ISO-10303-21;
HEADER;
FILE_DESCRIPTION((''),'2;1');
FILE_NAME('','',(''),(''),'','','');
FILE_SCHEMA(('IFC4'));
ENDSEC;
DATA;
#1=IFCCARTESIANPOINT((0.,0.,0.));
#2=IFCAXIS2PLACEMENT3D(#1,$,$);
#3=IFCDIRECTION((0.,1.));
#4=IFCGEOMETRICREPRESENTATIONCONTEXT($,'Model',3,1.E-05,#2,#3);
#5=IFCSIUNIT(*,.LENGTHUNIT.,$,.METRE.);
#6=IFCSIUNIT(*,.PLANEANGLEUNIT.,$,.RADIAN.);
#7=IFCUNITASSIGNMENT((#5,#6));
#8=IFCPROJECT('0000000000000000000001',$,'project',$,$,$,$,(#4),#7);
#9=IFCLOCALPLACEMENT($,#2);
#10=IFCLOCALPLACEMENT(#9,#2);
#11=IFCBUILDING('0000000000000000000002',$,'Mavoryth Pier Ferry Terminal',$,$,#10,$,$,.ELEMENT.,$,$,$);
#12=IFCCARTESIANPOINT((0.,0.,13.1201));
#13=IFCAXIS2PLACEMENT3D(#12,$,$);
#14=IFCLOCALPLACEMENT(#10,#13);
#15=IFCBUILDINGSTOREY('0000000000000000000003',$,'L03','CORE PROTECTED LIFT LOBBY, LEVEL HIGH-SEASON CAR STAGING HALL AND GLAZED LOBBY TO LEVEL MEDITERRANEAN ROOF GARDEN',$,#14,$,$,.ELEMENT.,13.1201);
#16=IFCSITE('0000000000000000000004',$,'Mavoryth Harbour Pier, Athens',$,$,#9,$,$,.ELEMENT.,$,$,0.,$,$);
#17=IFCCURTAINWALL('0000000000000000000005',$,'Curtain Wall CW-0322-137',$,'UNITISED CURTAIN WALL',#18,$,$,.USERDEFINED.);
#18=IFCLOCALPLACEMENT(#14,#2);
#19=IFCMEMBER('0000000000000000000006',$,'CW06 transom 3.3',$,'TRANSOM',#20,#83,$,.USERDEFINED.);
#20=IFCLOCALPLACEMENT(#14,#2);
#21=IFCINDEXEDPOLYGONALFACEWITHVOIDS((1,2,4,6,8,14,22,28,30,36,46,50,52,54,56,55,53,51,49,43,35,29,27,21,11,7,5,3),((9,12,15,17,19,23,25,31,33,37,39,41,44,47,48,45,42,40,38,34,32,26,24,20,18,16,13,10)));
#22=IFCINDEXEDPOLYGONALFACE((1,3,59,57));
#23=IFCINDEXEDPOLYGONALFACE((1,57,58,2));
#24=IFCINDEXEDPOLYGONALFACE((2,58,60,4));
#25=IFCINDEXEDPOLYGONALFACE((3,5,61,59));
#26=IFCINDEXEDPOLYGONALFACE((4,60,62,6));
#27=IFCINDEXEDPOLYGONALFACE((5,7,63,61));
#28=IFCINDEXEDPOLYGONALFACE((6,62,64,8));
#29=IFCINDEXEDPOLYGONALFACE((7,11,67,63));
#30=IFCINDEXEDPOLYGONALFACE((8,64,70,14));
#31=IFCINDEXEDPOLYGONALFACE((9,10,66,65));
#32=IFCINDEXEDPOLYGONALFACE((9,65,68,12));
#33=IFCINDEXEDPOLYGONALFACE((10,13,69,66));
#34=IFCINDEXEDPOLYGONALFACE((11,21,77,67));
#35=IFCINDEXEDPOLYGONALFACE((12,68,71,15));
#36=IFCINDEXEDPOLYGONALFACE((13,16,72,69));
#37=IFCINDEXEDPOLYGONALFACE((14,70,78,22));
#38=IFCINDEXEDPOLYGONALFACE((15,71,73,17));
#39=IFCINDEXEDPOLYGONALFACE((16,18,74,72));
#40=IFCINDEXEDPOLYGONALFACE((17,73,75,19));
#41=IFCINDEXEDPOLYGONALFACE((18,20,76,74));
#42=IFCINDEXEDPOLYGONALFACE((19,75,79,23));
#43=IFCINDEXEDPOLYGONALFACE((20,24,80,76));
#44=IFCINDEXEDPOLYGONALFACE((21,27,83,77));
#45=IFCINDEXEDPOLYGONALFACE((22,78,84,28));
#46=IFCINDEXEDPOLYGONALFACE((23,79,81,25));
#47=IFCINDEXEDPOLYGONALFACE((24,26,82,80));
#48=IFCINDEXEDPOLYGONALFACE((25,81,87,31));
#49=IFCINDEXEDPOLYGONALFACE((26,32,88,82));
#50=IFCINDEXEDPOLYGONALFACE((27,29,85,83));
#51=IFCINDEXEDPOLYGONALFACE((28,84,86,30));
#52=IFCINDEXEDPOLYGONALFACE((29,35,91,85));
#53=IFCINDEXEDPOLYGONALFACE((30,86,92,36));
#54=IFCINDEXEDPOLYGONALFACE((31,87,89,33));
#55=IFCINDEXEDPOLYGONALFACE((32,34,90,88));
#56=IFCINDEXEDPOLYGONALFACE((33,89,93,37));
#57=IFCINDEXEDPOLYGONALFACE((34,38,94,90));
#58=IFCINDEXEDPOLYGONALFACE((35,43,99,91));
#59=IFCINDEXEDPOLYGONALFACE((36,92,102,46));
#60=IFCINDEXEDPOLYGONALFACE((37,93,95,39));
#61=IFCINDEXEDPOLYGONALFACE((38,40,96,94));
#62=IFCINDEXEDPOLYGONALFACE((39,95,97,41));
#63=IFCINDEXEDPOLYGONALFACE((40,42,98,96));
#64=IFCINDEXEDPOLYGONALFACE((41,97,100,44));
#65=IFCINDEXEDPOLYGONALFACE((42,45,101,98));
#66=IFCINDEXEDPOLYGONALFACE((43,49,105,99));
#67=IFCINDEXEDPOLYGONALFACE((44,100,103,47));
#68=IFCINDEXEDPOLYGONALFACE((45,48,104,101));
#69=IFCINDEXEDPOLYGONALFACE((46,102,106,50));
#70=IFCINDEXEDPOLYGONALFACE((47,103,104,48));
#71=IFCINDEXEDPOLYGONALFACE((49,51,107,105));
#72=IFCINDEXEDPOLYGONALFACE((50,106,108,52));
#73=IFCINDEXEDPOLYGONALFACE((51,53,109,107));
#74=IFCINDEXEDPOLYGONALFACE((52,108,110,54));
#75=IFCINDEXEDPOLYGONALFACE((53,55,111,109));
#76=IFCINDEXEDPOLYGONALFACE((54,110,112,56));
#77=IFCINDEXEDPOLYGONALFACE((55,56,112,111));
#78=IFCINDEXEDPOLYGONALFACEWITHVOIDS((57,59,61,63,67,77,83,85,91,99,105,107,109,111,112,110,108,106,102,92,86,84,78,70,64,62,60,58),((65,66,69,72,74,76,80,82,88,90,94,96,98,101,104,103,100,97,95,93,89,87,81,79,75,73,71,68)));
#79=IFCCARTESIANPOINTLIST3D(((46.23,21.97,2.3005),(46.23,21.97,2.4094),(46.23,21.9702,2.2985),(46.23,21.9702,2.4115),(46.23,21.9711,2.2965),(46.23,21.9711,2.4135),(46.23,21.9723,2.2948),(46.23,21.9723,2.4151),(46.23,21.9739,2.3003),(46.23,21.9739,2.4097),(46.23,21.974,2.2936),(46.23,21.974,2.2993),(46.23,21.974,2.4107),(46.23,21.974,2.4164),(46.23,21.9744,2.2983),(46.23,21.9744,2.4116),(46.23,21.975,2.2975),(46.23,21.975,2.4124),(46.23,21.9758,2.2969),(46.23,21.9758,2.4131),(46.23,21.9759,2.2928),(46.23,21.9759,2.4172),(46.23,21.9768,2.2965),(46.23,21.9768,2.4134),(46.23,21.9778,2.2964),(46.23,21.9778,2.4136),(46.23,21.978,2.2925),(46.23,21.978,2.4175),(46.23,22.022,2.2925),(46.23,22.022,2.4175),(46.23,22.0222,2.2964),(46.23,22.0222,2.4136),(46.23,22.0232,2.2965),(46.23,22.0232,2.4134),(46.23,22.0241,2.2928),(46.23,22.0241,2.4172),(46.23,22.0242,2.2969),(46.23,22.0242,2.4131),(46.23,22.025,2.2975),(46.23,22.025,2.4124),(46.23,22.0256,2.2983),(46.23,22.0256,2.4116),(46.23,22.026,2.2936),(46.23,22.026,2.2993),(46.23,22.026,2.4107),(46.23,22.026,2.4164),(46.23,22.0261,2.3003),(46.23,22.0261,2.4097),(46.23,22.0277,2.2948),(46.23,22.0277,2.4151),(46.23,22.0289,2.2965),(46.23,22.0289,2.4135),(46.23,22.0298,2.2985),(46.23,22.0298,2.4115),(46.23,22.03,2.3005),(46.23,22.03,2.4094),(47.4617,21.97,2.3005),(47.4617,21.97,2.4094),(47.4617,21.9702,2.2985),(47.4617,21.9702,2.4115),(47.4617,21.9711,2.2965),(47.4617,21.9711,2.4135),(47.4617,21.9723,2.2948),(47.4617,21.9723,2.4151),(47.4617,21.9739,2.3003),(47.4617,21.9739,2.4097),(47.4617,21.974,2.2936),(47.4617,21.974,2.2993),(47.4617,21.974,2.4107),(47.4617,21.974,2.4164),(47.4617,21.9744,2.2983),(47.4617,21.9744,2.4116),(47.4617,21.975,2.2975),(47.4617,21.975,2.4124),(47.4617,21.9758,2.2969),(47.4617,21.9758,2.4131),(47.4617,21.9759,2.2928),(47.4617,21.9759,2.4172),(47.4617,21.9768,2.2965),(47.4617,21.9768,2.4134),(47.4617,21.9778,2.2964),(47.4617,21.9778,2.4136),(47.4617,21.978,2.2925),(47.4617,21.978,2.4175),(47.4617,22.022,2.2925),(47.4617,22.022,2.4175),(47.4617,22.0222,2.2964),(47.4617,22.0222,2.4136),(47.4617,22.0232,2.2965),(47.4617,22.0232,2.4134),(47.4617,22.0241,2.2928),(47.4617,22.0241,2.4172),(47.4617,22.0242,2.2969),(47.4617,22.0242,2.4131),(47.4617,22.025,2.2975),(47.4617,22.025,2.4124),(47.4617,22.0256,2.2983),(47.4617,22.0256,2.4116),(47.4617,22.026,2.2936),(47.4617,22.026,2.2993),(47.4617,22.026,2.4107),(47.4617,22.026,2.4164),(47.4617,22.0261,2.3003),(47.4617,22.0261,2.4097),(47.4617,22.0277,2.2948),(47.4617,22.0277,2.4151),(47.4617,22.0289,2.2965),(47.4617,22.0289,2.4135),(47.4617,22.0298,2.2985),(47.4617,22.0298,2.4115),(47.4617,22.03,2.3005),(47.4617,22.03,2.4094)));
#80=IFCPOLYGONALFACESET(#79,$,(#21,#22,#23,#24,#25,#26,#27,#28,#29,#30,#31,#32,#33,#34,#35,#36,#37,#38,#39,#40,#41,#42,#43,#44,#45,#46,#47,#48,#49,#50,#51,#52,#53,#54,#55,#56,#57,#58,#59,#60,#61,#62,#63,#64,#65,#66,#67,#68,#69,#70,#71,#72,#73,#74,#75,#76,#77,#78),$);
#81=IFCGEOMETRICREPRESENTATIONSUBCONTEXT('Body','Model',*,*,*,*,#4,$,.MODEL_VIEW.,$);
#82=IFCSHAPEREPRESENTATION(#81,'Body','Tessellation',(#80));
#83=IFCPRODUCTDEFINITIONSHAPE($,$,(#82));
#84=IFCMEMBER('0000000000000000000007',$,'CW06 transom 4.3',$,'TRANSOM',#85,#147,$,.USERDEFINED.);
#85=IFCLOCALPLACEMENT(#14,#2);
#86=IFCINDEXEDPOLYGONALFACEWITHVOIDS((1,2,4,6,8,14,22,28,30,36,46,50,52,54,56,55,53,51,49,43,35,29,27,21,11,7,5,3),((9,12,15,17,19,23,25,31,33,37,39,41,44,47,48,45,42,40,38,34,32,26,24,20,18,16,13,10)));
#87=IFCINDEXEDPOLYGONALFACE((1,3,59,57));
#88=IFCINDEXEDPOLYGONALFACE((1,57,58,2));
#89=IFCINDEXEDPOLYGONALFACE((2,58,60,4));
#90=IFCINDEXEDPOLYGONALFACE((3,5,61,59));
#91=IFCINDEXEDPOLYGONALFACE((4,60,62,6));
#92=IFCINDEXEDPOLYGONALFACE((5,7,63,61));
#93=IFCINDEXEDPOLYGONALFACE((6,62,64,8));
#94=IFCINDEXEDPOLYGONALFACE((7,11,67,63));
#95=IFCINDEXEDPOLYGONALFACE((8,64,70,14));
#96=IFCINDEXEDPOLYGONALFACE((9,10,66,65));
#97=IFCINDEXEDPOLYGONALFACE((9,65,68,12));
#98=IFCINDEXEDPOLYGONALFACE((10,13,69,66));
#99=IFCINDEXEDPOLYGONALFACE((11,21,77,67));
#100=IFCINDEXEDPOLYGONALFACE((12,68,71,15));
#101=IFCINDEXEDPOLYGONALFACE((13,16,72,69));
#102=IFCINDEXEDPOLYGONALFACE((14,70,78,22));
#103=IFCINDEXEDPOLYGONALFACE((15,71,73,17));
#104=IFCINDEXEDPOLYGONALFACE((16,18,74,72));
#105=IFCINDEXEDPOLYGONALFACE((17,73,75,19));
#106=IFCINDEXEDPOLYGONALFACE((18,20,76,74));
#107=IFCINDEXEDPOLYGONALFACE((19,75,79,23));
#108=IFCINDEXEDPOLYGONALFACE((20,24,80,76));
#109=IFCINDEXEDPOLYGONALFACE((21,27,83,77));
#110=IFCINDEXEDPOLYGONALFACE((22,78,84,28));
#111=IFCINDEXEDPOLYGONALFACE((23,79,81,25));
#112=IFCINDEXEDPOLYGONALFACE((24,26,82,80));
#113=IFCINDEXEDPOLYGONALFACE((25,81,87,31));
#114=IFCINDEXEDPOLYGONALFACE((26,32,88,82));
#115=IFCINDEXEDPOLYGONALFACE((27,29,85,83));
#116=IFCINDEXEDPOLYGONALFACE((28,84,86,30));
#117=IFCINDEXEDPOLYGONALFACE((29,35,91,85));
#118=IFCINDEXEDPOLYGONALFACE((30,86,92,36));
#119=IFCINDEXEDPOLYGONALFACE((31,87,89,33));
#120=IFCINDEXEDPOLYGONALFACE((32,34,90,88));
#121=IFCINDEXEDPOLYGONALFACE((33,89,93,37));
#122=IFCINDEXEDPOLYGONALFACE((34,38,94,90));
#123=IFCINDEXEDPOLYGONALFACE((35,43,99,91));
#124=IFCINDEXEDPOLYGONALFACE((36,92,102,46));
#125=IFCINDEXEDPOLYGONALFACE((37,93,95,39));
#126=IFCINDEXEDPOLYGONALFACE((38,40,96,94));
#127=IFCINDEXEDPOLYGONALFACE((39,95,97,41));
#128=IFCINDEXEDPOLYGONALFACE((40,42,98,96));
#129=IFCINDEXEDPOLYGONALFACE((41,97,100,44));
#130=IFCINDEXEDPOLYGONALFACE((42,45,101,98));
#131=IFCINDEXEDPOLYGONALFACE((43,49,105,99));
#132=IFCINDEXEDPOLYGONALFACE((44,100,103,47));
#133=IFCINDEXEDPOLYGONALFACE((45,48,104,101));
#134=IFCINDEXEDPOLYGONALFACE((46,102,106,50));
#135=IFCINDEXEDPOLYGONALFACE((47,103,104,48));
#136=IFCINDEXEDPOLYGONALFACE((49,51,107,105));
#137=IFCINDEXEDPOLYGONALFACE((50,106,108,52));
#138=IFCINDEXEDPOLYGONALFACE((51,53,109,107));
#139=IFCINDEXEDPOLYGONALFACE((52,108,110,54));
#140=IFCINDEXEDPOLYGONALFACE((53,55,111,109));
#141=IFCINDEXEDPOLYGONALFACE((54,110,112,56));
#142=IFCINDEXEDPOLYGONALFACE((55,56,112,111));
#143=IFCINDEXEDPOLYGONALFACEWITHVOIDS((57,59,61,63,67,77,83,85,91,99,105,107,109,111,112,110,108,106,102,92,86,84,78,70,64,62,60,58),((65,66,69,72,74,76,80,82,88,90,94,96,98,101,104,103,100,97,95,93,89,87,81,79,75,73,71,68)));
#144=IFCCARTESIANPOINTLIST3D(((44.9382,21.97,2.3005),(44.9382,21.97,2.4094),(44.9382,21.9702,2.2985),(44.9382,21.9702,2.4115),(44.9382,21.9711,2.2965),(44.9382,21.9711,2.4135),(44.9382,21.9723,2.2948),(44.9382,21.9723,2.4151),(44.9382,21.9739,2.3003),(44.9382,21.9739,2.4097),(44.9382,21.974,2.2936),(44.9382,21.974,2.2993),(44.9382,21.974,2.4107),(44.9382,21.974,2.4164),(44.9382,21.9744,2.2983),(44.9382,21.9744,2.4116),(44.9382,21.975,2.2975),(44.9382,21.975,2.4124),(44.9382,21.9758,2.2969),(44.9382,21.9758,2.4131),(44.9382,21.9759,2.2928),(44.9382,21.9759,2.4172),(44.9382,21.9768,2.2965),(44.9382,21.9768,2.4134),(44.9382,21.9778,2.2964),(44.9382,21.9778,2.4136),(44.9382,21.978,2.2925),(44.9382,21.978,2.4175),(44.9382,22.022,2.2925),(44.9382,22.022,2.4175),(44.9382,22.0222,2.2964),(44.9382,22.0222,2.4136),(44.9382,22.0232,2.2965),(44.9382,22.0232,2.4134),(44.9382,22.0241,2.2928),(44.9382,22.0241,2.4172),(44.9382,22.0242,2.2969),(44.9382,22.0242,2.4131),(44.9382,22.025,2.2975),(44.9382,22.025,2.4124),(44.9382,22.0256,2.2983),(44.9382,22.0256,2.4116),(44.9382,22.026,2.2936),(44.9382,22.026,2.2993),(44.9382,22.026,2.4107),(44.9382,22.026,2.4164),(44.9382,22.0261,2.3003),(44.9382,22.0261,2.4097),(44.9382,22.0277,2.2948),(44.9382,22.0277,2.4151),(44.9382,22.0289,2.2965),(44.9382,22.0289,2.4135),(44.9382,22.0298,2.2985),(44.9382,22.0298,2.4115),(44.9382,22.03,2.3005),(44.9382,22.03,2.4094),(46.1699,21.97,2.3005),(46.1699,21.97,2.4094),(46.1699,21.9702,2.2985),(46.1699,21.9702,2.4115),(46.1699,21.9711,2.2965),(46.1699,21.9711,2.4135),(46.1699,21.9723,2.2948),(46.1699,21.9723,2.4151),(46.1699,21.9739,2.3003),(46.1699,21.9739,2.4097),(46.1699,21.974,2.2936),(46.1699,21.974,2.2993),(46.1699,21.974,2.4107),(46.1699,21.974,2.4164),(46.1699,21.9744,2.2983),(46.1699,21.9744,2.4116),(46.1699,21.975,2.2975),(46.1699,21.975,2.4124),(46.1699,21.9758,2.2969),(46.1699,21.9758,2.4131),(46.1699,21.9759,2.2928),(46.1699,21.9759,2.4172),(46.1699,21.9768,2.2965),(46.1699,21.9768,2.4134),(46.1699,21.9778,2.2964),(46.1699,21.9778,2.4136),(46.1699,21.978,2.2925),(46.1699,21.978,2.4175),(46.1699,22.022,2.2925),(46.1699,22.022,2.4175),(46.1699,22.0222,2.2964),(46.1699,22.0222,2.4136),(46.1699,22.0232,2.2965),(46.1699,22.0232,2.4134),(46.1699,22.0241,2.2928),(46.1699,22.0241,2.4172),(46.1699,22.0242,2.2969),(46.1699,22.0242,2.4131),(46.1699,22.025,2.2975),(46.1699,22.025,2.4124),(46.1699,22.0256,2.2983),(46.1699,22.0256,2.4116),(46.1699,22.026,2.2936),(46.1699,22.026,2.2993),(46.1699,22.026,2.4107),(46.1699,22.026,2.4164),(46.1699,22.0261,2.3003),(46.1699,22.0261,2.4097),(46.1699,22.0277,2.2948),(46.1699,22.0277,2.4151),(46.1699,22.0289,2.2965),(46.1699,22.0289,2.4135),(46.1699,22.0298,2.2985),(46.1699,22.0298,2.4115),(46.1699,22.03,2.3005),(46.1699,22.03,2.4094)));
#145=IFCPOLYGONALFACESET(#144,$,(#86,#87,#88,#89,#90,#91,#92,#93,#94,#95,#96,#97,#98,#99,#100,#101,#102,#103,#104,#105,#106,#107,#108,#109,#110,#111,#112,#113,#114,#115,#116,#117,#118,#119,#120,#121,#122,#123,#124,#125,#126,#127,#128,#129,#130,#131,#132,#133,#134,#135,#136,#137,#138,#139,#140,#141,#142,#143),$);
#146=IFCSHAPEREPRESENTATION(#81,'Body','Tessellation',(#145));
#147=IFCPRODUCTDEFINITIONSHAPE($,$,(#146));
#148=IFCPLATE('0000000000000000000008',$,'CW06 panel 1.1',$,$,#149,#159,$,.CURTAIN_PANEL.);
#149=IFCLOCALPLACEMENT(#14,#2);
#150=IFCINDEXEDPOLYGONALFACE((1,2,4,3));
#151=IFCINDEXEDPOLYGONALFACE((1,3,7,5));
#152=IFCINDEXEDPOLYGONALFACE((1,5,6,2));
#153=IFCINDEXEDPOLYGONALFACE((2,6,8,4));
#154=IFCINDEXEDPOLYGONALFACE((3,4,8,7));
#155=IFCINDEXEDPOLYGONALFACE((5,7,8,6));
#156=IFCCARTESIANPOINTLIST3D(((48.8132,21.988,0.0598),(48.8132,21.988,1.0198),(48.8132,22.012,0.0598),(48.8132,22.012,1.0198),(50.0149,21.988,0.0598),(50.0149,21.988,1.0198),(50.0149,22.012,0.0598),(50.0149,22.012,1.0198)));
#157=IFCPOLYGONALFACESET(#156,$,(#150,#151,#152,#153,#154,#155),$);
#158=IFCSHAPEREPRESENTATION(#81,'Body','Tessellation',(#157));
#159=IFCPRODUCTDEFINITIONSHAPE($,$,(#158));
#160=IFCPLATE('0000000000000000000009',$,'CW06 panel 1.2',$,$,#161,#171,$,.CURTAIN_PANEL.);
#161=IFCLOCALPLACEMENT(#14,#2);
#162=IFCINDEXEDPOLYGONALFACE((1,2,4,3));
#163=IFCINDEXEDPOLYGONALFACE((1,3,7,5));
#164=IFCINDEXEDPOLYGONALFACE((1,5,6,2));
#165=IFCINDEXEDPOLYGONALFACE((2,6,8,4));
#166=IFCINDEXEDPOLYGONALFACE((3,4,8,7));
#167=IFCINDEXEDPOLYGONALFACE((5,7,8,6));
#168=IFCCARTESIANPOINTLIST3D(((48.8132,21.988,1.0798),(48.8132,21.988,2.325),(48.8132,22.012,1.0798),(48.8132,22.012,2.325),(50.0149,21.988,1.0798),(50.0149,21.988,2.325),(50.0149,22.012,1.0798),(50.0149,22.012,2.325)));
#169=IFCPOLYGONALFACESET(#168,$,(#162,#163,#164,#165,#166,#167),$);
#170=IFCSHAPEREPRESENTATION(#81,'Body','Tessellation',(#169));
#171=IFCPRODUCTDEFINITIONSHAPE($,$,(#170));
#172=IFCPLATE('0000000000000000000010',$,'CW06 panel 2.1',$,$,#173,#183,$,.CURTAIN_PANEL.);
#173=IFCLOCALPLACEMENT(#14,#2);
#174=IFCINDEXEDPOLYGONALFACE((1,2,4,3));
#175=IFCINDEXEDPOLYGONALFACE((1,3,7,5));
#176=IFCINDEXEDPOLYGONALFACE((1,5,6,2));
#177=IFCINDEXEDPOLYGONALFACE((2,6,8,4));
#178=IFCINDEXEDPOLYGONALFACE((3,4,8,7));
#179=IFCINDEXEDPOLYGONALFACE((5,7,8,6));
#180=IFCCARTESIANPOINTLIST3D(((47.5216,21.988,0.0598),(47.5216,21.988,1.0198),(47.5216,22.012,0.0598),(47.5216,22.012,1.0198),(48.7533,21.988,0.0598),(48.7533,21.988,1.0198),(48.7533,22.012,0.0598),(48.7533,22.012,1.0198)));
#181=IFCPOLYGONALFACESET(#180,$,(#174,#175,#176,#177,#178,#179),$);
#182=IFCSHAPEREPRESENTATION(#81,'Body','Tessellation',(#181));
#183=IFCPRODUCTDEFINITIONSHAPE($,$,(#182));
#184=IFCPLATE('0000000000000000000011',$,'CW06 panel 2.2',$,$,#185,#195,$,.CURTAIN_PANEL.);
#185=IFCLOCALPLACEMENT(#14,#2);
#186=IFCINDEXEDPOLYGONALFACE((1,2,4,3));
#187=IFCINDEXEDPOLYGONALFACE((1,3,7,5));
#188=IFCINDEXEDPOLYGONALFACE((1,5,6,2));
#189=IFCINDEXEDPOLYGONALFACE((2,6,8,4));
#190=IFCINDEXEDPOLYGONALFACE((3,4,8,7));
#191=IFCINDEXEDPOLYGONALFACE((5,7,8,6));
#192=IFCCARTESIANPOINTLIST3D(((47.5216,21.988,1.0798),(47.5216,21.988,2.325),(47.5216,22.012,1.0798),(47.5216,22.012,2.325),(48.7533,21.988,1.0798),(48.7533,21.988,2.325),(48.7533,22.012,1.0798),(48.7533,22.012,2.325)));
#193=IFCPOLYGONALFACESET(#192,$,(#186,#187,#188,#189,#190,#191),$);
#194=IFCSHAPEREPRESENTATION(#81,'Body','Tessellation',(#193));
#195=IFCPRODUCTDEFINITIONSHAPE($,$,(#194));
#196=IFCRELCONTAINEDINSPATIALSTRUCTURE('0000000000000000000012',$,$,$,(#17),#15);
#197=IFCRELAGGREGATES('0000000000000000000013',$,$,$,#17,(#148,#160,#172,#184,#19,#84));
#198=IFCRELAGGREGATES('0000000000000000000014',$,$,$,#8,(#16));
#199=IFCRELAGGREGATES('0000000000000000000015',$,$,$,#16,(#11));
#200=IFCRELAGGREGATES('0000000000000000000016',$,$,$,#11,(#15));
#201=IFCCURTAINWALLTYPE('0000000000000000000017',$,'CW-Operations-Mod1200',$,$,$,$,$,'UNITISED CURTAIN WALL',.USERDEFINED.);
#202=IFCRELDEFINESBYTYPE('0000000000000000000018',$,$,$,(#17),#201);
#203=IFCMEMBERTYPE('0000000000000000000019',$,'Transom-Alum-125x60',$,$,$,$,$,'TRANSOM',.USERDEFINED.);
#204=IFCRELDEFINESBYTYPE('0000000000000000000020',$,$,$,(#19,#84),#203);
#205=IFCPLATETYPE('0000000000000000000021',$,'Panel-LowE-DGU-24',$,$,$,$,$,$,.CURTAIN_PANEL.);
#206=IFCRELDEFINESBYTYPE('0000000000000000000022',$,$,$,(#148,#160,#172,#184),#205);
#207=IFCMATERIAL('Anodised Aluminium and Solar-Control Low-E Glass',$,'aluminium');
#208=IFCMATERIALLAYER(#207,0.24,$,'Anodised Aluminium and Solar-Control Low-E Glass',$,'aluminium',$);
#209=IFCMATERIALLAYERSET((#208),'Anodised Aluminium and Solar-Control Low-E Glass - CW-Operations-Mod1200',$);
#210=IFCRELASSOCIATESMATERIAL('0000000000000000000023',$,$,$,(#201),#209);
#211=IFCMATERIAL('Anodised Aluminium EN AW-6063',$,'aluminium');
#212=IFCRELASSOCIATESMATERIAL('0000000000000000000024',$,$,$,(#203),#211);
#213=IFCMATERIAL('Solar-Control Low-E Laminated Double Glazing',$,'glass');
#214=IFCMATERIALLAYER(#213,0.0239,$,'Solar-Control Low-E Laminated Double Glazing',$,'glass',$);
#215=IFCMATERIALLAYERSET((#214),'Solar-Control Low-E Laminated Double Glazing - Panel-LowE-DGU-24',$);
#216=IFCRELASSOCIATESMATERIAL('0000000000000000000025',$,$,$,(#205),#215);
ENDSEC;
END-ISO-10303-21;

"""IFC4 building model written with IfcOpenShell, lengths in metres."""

from ifc_helpers import new_model, si_unit, direction, frame, origin, origin_2d, place, context, subcontext, project, spatial, rectangle, hollow_rectangle, extrude, material, layer, layer_set, material_profile, profile_set, type_object, element, aggregate, save


model = new_model("IFC4")

# Units and contexts
model_context = context("Model", 3, precision=1e-05, world=origin(), true_north=direction((0.0, 1.0)))
body_context = subcontext(model_context, "Body", "Model", "MODEL_VIEW")
ifc_project = project(units=[si_unit("LENGTHUNIT", "METRE"), si_unit("PLANEANGLEUNIT", "RADIAN")], contexts=[model_context])

# Site, building, storey
site_placement = place(None, origin())
site = spatial("IfcSite", under=ifc_project, at=site_placement, Name="Mavoryth Harbour Pier, Athens", CompositionType="ELEMENT", RefElevation=0.0)
building_placement = place(site_placement, origin())
building = spatial("IfcBuilding", under=site, at=building_placement, Name="Mavoryth Pier Ferry Terminal", CompositionType="ELEMENT")
storey_placement = place(building_placement, frame((0.0, 0.0, 13.1201)))
storey = spatial("IfcBuildingStorey", under=building, at=storey_placement, Name="L03", Description="CORE PROTECTED LIFT LOBBY, LEVEL HIGH-SEASON CAR STAGING HALL AND GLAZED LOBBY TO LEVEL MEDITERRANEAN ROOF GARDEN", CompositionType="ELEMENT", Elevation=13.1201)

# Curtain wall
ifc_material_1 = material(Name="Anodised Aluminium and Solar-Control Low-E Glass", Category="aluminium")
ifc_layer_1 = layer(ifc_material_1, 0.24, Name="Anodised Aluminium and Solar-Control Low-E Glass", Category="aluminium")
ifc_layer_set_1 = layer_set([ifc_layer_1], Name="Anodised Aluminium and Solar-Control Low-E Glass - CW-Operations-Mod1200")
curtain_wall_type = type_object("IfcCurtainWallType", Name="CW-Operations-Mod1200", ElementType="UNITISED CURTAIN WALL", PredefinedType="USERDEFINED", material=ifc_layer_set_1)
curtain_wall_1_placement = place(storey_placement, origin())
curtain_wall_1 = element("IfcCurtainWall", 1, at=curtain_wall_1_placement, inside=storey, type_object=curtain_wall_type, Name="Curtain Wall CW-0322-137", ObjectType="UNITISED CURTAIN WALL", PredefinedType="USERDEFINED")
ifc_material_2 = material(Name="Anodised Aluminium EN AW-6063", Category="aluminium")

# Members
ifc_material_profile_1 = material_profile(ifc_material_2, hollow_rectangle(XDim=0.0601, YDim=0.125, WallThickness=0.0039, InnerFilletRadius=0.0039, OuterFilletRadius=0.0081, at=origin_2d()), Name="AL-TRAN 125x60x4", Category="aluminium")
ifc_profile_set_1 = profile_set([ifc_material_profile_1], Name="Anodised Aluminium EN AW-6063 - AL-TRAN 125x60x4")
member_type_1 = type_object("IfcMemberType", Name="Transom-Alum-125x60", ElementType="TRANSOM", PredefinedType="USERDEFINED", material=ifc_profile_set_1)
member_1_placement = place(storey_placement, frame((47.4617, 22.0, 2.355), z_axis=(-1.0, 0.0, 0.0), x_axis=(0.0, -1.0, 0.0)))
member_1 = element("IfcMember", 2, at=member_1_placement, type_object=member_type_1, Name="CW06 transom 3.3", ObjectType="TRANSOM", PredefinedType="USERDEFINED", context=body_context, shape_type="SweptSolid", body=[
    extrude(hollow_rectangle(XDim=0.0601, YDim=0.125, WallThickness=0.0039, InnerFilletRadius=0.0039, OuterFilletRadius=0.0081, at=origin_2d()), origin(), (0.0, 0.0, 1.0), 1.2317),
])
member_2_placement = place(storey_placement, frame((46.1699, 22.0, 2.355), z_axis=(-1.0, 0.0, 0.0), x_axis=(0.0, -1.0, 0.0)))
member_2 = element("IfcMember", 3, at=member_2_placement, type_object=member_type_1, Name="CW06 transom 4.3", ObjectType="TRANSOM", PredefinedType="USERDEFINED", context=body_context, shape_type="SweptSolid", body=[
    extrude(hollow_rectangle(XDim=0.0601, YDim=0.125, WallThickness=0.0039, InnerFilletRadius=0.0039, OuterFilletRadius=0.0081, at=origin_2d()), origin(), (0.0, 0.0, 1.0), 1.2317),
])

# Plates
ifc_material_3 = material(Name="Solar-Control Low-E Laminated Double Glazing", Category="glass")
ifc_layer_2 = layer(ifc_material_3, 0.0239, Name="Solar-Control Low-E Laminated Double Glazing", Category="glass")
ifc_layer_set_2 = layer_set([ifc_layer_2], Name="Solar-Control Low-E Laminated Double Glazing - Panel-LowE-DGU-24")
plate_type = type_object("IfcPlateType", Name="Panel-LowE-DGU-24", PredefinedType="CURTAIN_PANEL", material=ifc_layer_set_2)
plate_1_placement = place(storey_placement, frame((49.4141, 22.0, 0.0598), z_axis=(0.0, 0.0, 1.0), x_axis=(-1.0, 0.0, 0.0)))
plate_1 = element("IfcPlate", 4, at=plate_1_placement, type_object=plate_type, Name="CW06 panel 1.1", PredefinedType="CURTAIN_PANEL", context=body_context, shape_type="SweptSolid", body=[
    extrude(rectangle(XDim=1.2017, YDim=0.0239, at=origin_2d()), origin(), (0.0, 0.0, 1.0), 0.96),
])
plate_2_placement = place(storey_placement, frame((49.4141, 22.0, 1.0798), z_axis=(0.0, 0.0, 1.0), x_axis=(-1.0, 0.0, 0.0)))
plate_2 = element("IfcPlate", 5, at=plate_2_placement, type_object=plate_type, Name="CW06 panel 1.2", PredefinedType="CURTAIN_PANEL", context=body_context, shape_type="SweptSolid", body=[
    extrude(rectangle(XDim=1.2017, YDim=0.0239, at=origin_2d()), origin(), (0.0, 0.0, 1.0), 1.2451),
])
plate_3_placement = place(storey_placement, frame((48.1375, 22.0, 0.0598), z_axis=(0.0, 0.0, 1.0), x_axis=(-1.0, 0.0, 0.0)))
plate_3 = element("IfcPlate", 6, at=plate_3_placement, type_object=plate_type, Name="CW06 panel 2.1", PredefinedType="CURTAIN_PANEL", context=body_context, shape_type="SweptSolid", body=[
    extrude(rectangle(XDim=1.2317, YDim=0.0239, at=origin_2d()), origin(), (0.0, 0.0, 1.0), 0.96),
])
plate_4_placement = place(storey_placement, frame((48.1375, 22.0, 1.0798), z_axis=(0.0, 0.0, 1.0), x_axis=(-1.0, 0.0, 0.0)))
plate_4 = element("IfcPlate", 7, at=plate_4_placement, type_object=plate_type, Name="CW06 panel 2.2", PredefinedType="CURTAIN_PANEL", context=body_context, shape_type="SweptSolid", body=[
    extrude(rectangle(XDim=1.2317, YDim=0.0239, at=origin_2d()), origin(), (0.0, 0.0, 1.0), 1.2451),
])
aggregate(curtain_wall_1, [plate_1, plate_2, plate_3, plate_4, member_1, member_2])

save(model, "model.ifc")
